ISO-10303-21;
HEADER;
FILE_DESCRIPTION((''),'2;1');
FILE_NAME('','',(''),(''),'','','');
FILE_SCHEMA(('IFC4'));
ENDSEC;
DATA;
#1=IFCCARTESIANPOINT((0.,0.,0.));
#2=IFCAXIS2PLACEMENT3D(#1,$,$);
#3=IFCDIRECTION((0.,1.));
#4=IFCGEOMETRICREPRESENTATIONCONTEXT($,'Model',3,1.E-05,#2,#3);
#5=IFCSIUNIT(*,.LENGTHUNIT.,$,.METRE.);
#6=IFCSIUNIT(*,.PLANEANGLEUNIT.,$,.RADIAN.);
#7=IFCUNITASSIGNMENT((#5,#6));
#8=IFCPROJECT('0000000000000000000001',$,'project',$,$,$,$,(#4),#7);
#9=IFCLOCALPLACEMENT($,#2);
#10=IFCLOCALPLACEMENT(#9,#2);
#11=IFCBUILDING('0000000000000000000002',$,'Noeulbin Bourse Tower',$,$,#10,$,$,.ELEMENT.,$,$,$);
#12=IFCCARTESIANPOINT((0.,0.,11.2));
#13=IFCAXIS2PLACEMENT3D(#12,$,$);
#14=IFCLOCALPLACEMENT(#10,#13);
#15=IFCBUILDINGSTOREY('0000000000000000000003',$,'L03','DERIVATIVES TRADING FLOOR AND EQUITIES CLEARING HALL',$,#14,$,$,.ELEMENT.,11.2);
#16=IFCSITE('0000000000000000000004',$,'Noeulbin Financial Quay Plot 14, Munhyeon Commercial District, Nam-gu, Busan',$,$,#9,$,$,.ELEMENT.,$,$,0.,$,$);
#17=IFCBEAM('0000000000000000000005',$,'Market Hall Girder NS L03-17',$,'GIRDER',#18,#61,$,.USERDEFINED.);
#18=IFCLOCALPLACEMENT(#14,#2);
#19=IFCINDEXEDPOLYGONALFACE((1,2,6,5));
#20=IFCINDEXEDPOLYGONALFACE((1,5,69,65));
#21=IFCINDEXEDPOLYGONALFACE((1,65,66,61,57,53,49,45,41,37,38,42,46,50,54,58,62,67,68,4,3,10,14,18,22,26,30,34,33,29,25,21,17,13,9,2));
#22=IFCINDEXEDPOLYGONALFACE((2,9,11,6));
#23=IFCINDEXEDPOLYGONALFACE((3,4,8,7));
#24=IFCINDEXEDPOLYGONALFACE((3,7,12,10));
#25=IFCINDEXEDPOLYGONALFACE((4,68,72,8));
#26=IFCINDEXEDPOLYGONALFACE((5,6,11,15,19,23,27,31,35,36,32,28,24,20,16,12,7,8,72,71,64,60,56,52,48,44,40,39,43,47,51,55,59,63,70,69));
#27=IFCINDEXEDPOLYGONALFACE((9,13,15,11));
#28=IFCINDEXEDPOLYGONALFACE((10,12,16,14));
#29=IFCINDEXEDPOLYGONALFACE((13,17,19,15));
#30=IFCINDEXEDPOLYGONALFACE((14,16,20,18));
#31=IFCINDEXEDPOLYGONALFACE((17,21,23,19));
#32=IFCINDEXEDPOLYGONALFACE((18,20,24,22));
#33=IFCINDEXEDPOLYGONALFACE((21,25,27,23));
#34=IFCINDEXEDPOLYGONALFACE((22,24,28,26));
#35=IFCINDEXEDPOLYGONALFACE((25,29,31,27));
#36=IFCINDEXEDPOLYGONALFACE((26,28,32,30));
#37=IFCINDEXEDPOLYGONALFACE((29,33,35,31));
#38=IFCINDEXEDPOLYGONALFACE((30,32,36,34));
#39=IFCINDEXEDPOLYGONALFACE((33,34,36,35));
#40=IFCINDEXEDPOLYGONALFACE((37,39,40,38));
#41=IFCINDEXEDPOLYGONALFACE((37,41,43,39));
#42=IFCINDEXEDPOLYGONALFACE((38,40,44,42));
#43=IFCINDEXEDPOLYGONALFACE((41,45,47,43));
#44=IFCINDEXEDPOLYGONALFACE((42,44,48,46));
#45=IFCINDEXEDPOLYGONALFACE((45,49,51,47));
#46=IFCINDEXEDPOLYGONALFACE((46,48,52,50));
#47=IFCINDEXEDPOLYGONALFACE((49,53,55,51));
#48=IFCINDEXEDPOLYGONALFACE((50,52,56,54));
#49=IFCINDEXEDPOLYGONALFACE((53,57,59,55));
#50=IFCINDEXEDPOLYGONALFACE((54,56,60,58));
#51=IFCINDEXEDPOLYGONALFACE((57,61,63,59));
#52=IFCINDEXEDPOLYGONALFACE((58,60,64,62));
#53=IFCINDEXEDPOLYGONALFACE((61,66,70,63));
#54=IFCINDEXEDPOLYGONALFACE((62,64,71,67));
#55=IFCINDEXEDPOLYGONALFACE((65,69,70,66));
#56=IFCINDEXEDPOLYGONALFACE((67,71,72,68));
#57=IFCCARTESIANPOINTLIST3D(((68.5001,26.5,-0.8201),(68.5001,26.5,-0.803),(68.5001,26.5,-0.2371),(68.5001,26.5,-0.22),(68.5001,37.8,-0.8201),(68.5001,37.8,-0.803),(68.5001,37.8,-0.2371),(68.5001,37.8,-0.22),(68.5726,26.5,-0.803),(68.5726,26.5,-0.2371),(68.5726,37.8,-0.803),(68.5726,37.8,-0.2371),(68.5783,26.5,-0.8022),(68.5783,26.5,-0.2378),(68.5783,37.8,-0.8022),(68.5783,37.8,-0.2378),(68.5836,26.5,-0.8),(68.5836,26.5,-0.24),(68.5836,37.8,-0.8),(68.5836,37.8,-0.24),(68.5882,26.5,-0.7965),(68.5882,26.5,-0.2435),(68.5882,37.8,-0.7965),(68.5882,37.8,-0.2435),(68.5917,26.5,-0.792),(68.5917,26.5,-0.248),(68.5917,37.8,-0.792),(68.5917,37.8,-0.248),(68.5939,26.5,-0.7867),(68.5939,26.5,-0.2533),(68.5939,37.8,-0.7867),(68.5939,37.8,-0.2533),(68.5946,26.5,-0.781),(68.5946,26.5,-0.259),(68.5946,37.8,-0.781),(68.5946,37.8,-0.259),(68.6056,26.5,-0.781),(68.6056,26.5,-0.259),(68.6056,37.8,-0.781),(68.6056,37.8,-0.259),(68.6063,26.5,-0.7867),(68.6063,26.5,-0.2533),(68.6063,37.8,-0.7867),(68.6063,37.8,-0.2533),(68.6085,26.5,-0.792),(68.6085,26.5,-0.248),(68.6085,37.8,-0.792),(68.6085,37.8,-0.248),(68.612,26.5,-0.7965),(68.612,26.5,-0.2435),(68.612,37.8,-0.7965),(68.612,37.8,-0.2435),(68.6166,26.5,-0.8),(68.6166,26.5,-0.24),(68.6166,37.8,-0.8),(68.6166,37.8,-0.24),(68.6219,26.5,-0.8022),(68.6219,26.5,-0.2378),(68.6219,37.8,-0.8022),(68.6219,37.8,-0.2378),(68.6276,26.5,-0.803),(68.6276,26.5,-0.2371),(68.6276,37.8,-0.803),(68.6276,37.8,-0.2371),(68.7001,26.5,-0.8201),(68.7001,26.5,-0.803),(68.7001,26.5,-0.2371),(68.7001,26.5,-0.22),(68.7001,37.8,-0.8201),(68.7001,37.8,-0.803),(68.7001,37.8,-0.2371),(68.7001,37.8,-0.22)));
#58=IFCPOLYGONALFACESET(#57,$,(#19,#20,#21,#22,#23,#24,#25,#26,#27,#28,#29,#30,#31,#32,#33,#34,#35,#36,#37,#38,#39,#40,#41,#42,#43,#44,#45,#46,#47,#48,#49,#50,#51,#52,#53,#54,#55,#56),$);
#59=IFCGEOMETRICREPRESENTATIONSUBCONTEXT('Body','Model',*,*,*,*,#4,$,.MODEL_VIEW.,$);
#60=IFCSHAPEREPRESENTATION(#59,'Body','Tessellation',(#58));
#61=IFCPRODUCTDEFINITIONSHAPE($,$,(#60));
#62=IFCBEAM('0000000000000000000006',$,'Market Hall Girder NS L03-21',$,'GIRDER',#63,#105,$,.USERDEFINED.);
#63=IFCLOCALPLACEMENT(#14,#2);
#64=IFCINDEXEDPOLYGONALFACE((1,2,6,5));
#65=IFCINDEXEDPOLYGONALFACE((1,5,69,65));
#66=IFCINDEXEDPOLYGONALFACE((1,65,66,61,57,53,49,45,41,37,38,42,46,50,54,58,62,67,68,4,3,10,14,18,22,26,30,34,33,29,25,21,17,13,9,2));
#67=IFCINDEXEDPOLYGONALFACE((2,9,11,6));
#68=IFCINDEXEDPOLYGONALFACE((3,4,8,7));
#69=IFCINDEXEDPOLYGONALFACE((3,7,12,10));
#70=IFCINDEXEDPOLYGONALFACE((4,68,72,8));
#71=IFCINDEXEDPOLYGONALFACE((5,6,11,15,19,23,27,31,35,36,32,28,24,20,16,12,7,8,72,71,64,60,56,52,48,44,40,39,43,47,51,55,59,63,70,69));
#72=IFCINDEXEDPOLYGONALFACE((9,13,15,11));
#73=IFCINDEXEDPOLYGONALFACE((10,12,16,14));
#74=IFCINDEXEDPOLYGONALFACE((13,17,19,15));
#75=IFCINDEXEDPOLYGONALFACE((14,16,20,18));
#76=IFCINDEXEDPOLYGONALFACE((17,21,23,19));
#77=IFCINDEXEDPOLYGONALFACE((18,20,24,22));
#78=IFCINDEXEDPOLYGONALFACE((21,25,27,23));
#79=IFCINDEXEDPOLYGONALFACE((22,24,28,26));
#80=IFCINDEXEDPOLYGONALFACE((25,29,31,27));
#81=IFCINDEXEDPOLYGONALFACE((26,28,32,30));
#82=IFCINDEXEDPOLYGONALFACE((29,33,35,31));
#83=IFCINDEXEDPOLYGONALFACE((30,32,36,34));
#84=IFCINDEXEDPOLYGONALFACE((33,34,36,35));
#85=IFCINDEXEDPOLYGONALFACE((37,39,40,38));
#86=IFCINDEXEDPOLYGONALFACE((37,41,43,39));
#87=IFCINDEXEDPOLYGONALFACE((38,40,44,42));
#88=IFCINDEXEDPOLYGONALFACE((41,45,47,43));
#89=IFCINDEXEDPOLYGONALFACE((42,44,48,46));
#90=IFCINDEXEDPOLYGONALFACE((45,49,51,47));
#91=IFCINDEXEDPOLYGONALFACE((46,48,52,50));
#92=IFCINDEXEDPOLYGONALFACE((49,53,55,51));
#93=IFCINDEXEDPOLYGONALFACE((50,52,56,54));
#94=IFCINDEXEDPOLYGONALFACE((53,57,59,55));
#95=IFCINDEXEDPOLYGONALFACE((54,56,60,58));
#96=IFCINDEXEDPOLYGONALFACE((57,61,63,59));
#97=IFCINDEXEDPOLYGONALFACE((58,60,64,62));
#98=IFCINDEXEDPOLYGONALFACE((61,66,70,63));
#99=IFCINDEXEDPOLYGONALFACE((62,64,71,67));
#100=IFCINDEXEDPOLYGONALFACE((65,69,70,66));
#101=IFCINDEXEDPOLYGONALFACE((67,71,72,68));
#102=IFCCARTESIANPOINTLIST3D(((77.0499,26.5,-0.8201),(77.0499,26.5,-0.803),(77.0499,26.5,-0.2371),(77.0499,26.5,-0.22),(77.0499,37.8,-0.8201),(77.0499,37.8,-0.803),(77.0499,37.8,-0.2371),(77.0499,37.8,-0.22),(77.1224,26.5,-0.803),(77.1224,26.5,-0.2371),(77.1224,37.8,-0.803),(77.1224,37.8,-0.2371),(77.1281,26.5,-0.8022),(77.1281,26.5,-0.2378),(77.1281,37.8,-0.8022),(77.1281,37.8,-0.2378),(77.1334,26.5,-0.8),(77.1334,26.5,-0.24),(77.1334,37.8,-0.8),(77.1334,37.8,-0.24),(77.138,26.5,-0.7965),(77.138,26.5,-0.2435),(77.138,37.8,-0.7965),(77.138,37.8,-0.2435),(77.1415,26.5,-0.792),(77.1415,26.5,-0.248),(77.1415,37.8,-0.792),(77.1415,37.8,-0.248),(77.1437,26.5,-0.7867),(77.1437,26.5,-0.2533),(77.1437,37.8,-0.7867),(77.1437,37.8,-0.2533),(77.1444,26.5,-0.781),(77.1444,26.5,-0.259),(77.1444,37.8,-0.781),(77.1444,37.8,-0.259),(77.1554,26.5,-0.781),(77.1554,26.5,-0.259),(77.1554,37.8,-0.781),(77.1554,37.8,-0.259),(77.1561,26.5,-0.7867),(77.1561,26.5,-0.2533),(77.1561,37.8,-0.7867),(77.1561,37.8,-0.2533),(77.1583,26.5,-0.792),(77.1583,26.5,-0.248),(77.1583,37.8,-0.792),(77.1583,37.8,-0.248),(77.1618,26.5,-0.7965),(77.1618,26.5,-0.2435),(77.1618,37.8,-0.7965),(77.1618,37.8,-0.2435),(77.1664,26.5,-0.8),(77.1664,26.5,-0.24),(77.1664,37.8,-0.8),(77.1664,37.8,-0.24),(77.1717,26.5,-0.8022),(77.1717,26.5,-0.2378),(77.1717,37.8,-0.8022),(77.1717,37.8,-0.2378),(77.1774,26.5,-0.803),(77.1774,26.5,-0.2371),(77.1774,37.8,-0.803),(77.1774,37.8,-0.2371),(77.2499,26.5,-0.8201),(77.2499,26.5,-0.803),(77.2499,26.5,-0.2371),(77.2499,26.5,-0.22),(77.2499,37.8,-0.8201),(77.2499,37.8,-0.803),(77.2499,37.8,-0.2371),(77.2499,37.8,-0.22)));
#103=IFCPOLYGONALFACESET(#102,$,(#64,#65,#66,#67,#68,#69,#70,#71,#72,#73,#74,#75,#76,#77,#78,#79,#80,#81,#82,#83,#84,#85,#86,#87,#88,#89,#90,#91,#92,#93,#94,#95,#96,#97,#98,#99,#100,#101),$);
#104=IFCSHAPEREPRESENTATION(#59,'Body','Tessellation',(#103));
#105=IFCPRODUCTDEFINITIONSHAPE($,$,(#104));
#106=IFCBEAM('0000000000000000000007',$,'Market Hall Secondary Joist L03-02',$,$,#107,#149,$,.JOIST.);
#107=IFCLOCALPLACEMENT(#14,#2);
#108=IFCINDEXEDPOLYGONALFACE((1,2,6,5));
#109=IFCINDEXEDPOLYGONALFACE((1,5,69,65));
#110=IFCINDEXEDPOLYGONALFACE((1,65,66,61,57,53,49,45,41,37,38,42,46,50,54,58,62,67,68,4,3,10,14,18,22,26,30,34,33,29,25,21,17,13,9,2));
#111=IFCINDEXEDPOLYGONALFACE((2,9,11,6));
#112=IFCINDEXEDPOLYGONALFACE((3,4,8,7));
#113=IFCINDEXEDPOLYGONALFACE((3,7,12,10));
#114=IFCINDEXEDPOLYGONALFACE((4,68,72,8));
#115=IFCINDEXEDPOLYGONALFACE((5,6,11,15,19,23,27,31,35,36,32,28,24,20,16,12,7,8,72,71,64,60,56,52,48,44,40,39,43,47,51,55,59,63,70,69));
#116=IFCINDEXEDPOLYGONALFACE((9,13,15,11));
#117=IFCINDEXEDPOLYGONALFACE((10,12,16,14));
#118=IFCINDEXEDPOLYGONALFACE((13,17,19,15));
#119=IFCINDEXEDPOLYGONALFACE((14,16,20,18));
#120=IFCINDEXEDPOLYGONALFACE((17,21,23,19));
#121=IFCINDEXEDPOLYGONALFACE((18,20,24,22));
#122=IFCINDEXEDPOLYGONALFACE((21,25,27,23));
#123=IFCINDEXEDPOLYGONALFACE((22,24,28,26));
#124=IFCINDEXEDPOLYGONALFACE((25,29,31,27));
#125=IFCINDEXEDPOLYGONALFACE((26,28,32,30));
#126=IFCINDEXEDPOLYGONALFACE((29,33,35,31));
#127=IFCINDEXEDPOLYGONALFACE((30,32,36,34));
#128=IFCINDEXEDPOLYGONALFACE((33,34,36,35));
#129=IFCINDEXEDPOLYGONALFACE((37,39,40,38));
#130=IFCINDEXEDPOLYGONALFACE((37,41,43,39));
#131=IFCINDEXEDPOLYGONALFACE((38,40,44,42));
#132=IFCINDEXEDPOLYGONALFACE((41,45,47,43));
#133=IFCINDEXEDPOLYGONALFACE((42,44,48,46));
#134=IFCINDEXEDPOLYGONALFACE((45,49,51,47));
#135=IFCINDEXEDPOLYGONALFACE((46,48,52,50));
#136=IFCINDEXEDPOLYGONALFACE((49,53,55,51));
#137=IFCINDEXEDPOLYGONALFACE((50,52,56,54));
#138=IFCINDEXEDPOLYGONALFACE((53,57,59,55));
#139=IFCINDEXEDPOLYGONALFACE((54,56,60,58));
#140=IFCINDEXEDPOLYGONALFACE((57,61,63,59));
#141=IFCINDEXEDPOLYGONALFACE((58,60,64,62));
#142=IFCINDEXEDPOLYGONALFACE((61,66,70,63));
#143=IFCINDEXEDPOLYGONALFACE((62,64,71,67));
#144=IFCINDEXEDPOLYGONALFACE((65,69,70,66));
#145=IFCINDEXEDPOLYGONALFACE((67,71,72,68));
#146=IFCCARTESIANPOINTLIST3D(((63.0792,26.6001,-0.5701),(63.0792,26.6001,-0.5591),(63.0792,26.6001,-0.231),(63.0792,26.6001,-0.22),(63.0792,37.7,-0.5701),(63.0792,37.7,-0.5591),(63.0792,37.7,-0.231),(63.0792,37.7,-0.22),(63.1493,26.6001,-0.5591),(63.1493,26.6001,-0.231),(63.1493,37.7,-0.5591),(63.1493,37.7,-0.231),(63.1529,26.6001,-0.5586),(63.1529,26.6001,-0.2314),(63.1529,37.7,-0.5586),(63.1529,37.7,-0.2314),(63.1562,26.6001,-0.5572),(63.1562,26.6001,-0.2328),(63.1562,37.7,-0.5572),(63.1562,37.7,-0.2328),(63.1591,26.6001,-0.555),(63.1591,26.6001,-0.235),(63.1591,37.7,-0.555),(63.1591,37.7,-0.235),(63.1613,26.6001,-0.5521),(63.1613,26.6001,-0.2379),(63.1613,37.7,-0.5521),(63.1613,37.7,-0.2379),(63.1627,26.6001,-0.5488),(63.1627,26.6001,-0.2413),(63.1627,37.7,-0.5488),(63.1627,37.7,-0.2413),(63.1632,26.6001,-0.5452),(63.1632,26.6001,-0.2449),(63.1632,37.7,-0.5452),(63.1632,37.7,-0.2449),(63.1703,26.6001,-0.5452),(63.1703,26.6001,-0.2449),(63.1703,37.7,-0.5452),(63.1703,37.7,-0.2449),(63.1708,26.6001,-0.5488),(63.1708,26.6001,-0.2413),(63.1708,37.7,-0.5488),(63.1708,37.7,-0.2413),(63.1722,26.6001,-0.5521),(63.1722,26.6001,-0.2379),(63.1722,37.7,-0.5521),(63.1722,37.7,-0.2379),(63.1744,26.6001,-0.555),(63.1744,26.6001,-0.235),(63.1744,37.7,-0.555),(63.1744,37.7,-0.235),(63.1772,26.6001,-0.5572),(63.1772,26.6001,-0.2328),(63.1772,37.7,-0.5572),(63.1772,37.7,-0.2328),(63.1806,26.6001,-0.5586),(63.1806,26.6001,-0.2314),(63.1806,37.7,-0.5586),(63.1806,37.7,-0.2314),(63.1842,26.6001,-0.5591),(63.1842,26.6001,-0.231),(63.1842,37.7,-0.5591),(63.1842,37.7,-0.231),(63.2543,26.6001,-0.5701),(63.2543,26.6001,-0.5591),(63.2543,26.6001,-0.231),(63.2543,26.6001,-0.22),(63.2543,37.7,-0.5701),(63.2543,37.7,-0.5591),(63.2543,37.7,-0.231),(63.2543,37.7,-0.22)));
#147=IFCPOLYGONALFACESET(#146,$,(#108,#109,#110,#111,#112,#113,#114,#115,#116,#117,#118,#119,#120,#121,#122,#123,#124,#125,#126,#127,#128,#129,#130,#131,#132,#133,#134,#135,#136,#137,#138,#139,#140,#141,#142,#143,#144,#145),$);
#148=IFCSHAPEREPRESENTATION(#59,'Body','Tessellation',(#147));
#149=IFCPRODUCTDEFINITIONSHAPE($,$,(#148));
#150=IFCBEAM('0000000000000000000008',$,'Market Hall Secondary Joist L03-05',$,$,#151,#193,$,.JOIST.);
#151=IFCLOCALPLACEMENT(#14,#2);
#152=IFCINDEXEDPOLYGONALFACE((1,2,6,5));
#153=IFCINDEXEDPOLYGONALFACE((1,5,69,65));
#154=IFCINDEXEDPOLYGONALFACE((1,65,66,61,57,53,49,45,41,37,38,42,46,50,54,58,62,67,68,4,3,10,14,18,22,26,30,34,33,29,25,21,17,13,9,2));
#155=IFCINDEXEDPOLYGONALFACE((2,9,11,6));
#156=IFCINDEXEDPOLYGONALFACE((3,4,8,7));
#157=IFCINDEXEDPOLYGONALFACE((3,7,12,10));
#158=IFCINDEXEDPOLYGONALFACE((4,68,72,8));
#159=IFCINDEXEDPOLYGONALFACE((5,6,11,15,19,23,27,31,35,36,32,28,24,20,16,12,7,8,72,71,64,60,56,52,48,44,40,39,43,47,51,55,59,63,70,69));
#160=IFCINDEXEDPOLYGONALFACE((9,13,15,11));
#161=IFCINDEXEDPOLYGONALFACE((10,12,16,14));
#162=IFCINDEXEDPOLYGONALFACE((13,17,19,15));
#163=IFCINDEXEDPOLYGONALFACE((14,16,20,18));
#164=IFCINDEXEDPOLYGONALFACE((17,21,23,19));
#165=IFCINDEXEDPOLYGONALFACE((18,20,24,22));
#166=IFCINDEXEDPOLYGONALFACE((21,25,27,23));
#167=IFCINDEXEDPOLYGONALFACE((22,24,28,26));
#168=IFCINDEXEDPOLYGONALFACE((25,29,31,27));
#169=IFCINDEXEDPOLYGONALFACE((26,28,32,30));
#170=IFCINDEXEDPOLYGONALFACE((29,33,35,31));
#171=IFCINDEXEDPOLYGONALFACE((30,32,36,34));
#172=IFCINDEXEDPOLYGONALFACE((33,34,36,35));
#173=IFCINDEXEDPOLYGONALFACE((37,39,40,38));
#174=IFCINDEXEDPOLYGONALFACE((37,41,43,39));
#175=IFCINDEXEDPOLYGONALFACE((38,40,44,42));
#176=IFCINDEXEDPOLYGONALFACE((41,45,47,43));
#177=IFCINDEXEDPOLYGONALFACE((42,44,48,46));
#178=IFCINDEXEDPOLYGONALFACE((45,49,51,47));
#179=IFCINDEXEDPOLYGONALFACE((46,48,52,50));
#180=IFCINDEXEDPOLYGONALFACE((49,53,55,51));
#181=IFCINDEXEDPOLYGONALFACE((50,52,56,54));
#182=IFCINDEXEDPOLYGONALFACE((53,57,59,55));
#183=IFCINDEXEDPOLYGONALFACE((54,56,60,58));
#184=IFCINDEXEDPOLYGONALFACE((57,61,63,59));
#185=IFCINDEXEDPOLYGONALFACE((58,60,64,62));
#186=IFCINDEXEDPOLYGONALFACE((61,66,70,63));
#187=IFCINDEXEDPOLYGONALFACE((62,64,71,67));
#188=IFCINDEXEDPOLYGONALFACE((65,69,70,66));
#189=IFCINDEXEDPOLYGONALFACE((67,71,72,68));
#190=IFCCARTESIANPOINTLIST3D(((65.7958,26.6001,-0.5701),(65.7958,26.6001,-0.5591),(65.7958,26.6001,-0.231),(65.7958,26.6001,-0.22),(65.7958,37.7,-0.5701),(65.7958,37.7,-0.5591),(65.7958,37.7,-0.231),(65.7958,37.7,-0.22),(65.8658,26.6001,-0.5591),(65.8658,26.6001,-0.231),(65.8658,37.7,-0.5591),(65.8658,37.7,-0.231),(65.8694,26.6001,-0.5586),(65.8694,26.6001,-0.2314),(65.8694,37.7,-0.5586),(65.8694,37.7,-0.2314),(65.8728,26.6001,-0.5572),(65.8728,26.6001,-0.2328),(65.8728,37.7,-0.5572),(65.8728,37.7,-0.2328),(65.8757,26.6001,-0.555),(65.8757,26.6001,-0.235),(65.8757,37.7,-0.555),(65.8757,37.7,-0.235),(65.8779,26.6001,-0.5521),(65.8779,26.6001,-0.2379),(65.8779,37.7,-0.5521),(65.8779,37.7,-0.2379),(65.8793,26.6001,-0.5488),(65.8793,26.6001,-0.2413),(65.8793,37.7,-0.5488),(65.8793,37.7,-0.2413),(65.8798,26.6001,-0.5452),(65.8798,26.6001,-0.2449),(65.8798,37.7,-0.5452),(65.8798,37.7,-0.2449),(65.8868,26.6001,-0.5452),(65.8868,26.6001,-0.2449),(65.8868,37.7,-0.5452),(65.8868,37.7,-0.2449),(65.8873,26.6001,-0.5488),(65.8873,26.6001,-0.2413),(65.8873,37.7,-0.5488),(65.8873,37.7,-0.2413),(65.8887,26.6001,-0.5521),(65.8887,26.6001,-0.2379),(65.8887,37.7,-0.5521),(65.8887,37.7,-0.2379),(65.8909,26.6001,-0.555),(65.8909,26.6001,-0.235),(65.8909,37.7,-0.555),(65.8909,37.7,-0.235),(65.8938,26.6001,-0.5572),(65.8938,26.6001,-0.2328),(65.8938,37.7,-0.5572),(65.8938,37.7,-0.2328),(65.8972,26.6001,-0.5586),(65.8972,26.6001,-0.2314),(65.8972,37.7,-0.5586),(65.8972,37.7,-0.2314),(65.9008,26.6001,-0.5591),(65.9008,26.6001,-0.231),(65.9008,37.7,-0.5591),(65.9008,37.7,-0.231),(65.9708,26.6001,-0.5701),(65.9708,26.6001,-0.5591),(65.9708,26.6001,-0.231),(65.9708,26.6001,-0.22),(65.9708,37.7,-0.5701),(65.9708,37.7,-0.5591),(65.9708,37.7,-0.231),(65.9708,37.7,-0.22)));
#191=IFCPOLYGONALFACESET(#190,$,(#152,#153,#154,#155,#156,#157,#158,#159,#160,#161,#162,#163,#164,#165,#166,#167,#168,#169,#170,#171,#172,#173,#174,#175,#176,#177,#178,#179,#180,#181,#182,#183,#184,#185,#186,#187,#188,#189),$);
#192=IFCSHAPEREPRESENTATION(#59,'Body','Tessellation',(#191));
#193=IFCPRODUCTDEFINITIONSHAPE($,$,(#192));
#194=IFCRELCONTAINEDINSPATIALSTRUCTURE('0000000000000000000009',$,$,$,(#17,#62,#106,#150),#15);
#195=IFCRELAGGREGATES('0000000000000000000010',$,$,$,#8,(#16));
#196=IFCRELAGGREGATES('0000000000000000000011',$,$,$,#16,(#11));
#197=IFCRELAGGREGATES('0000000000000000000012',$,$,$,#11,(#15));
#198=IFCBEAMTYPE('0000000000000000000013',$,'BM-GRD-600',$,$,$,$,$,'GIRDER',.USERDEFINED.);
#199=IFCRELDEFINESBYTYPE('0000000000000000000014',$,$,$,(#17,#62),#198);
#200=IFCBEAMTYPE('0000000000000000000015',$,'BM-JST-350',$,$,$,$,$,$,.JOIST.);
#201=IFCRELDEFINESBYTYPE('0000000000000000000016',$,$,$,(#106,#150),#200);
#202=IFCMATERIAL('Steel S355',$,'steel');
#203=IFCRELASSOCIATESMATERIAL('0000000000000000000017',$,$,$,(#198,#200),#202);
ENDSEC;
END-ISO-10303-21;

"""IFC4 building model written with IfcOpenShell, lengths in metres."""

from ifc_helpers import new_model, si_unit, direction, frame, origin, origin_2d, place, context, subcontext, project, spatial, i_section, extrude, material, material_profile, profile_set, type_object, element, save


model = new_model("IFC4")

# Units and contexts
model_context = context("Model", 3, precision=1e-05, world=origin(), true_north=direction((0.0, 1.0)))
body_context = subcontext(model_context, "Body", "Model", "MODEL_VIEW")
ifc_project = project(units=[si_unit("LENGTHUNIT", "METRE"), si_unit("PLANEANGLEUNIT", "RADIAN")], contexts=[model_context])

# Site, building, storey
site_placement = place(None, origin())
site = spatial("IfcSite", under=ifc_project, at=site_placement, Name="Noeulbin Financial Quay Plot 14, Munhyeon Commercial District, Nam-gu, Busan", CompositionType="ELEMENT", RefElevation=0.0)
building_placement = place(site_placement, origin())
building = spatial("IfcBuilding", under=site, at=building_placement, Name="Noeulbin Bourse Tower", CompositionType="ELEMENT")
storey_placement = place(building_placement, frame((0.0, 0.0, 11.2)))
storey = spatial("IfcBuildingStorey", under=building, at=storey_placement, Name="L03", Description="DERIVATIVES TRADING FLOOR AND EQUITIES CLEARING HALL", CompositionType="ELEMENT", Elevation=11.2)

# Shared definitions
ifc_material_1 = material(Name="Steel S355", Category="steel")

# Beams
ifc_material_profile_1 = material_profile(ifc_material_1, i_section(OverallWidth=0.2, OverallDepth=0.6001, WebThickness=0.011, FlangeThickness=0.0171, FilletRadius=0.022, at=origin_2d()), Name="H-600x200x11x17", Category="LoadBearing")
ifc_profile_set_1 = profile_set([ifc_material_profile_1], Name="Steel S355")
beam_type_1 = type_object("IfcBeamType", Name="BM-GRD-600", ElementType="GIRDER", PredefinedType="USERDEFINED", material=ifc_profile_set_1)
for number, where, z_axis, x_axis, name in (
    (1, (68.6001, 26.5, -0.52), (0.0, 1.0, 0.0), (-1.0, 0.0, 0.0), "Market Hall Girder NS L03-17"),
    (2, (77.1499, 26.5, -0.52), (0.0, 1.0, 0.0), (-1.0, 0.0, 0.0), "Market Hall Girder NS L03-21"),
):
    element("IfcBeam", number, at=place(storey_placement, frame(where, z_axis=z_axis, x_axis=x_axis)), inside=storey, type_object=beam_type_1, Name=name, ObjectType="GIRDER", PredefinedType="USERDEFINED", context=body_context, shape_type="SweptSolid", body=[
        extrude(i_section(OverallWidth=0.2, OverallDepth=0.6001, WebThickness=0.011, FlangeThickness=0.0171, FilletRadius=0.022, at=origin_2d()), origin(), (0.0, 0.0, 1.0), 11.3),
    ])
ifc_material_profile_2 = material_profile(ifc_material_1, i_section(OverallWidth=0.175, OverallDepth=0.3501, WebThickness=0.0071, FlangeThickness=0.011, FilletRadius=0.0139, at=origin_2d()), Name="H-350x175x7x11", Category="LoadBearing")
ifc_profile_set_2 = profile_set([ifc_material_profile_2], Name="Steel S355")
beam_type_2 = type_object("IfcBeamType", Name="BM-JST-350", PredefinedType="JOIST", material=ifc_profile_set_2)
for number, where, z_axis, x_axis, name in (
    (3, (63.1667, 26.6001, -0.395), (0.0, 1.0, 0.0), (-1.0, 0.0, 0.0), "Market Hall Secondary Joist L03-02"),
    (4, (65.8833, 26.6001, -0.395), (0.0, 1.0, 0.0), (-1.0, 0.0, 0.0), "Market Hall Secondary Joist L03-05"),
):
    element("IfcBeam", number, at=place(storey_placement, frame(where, z_axis=z_axis, x_axis=x_axis)), inside=storey, type_object=beam_type_2, Name=name, PredefinedType="JOIST", context=body_context, shape_type="SweptSolid", body=[
        extrude(i_section(OverallWidth=0.175, OverallDepth=0.3501, WebThickness=0.0071, FlangeThickness=0.011, FilletRadius=0.0139, at=origin_2d()), origin(), (0.0, 0.0, 1.0), 11.0999),
    ])

save(model, "model.ifc")
